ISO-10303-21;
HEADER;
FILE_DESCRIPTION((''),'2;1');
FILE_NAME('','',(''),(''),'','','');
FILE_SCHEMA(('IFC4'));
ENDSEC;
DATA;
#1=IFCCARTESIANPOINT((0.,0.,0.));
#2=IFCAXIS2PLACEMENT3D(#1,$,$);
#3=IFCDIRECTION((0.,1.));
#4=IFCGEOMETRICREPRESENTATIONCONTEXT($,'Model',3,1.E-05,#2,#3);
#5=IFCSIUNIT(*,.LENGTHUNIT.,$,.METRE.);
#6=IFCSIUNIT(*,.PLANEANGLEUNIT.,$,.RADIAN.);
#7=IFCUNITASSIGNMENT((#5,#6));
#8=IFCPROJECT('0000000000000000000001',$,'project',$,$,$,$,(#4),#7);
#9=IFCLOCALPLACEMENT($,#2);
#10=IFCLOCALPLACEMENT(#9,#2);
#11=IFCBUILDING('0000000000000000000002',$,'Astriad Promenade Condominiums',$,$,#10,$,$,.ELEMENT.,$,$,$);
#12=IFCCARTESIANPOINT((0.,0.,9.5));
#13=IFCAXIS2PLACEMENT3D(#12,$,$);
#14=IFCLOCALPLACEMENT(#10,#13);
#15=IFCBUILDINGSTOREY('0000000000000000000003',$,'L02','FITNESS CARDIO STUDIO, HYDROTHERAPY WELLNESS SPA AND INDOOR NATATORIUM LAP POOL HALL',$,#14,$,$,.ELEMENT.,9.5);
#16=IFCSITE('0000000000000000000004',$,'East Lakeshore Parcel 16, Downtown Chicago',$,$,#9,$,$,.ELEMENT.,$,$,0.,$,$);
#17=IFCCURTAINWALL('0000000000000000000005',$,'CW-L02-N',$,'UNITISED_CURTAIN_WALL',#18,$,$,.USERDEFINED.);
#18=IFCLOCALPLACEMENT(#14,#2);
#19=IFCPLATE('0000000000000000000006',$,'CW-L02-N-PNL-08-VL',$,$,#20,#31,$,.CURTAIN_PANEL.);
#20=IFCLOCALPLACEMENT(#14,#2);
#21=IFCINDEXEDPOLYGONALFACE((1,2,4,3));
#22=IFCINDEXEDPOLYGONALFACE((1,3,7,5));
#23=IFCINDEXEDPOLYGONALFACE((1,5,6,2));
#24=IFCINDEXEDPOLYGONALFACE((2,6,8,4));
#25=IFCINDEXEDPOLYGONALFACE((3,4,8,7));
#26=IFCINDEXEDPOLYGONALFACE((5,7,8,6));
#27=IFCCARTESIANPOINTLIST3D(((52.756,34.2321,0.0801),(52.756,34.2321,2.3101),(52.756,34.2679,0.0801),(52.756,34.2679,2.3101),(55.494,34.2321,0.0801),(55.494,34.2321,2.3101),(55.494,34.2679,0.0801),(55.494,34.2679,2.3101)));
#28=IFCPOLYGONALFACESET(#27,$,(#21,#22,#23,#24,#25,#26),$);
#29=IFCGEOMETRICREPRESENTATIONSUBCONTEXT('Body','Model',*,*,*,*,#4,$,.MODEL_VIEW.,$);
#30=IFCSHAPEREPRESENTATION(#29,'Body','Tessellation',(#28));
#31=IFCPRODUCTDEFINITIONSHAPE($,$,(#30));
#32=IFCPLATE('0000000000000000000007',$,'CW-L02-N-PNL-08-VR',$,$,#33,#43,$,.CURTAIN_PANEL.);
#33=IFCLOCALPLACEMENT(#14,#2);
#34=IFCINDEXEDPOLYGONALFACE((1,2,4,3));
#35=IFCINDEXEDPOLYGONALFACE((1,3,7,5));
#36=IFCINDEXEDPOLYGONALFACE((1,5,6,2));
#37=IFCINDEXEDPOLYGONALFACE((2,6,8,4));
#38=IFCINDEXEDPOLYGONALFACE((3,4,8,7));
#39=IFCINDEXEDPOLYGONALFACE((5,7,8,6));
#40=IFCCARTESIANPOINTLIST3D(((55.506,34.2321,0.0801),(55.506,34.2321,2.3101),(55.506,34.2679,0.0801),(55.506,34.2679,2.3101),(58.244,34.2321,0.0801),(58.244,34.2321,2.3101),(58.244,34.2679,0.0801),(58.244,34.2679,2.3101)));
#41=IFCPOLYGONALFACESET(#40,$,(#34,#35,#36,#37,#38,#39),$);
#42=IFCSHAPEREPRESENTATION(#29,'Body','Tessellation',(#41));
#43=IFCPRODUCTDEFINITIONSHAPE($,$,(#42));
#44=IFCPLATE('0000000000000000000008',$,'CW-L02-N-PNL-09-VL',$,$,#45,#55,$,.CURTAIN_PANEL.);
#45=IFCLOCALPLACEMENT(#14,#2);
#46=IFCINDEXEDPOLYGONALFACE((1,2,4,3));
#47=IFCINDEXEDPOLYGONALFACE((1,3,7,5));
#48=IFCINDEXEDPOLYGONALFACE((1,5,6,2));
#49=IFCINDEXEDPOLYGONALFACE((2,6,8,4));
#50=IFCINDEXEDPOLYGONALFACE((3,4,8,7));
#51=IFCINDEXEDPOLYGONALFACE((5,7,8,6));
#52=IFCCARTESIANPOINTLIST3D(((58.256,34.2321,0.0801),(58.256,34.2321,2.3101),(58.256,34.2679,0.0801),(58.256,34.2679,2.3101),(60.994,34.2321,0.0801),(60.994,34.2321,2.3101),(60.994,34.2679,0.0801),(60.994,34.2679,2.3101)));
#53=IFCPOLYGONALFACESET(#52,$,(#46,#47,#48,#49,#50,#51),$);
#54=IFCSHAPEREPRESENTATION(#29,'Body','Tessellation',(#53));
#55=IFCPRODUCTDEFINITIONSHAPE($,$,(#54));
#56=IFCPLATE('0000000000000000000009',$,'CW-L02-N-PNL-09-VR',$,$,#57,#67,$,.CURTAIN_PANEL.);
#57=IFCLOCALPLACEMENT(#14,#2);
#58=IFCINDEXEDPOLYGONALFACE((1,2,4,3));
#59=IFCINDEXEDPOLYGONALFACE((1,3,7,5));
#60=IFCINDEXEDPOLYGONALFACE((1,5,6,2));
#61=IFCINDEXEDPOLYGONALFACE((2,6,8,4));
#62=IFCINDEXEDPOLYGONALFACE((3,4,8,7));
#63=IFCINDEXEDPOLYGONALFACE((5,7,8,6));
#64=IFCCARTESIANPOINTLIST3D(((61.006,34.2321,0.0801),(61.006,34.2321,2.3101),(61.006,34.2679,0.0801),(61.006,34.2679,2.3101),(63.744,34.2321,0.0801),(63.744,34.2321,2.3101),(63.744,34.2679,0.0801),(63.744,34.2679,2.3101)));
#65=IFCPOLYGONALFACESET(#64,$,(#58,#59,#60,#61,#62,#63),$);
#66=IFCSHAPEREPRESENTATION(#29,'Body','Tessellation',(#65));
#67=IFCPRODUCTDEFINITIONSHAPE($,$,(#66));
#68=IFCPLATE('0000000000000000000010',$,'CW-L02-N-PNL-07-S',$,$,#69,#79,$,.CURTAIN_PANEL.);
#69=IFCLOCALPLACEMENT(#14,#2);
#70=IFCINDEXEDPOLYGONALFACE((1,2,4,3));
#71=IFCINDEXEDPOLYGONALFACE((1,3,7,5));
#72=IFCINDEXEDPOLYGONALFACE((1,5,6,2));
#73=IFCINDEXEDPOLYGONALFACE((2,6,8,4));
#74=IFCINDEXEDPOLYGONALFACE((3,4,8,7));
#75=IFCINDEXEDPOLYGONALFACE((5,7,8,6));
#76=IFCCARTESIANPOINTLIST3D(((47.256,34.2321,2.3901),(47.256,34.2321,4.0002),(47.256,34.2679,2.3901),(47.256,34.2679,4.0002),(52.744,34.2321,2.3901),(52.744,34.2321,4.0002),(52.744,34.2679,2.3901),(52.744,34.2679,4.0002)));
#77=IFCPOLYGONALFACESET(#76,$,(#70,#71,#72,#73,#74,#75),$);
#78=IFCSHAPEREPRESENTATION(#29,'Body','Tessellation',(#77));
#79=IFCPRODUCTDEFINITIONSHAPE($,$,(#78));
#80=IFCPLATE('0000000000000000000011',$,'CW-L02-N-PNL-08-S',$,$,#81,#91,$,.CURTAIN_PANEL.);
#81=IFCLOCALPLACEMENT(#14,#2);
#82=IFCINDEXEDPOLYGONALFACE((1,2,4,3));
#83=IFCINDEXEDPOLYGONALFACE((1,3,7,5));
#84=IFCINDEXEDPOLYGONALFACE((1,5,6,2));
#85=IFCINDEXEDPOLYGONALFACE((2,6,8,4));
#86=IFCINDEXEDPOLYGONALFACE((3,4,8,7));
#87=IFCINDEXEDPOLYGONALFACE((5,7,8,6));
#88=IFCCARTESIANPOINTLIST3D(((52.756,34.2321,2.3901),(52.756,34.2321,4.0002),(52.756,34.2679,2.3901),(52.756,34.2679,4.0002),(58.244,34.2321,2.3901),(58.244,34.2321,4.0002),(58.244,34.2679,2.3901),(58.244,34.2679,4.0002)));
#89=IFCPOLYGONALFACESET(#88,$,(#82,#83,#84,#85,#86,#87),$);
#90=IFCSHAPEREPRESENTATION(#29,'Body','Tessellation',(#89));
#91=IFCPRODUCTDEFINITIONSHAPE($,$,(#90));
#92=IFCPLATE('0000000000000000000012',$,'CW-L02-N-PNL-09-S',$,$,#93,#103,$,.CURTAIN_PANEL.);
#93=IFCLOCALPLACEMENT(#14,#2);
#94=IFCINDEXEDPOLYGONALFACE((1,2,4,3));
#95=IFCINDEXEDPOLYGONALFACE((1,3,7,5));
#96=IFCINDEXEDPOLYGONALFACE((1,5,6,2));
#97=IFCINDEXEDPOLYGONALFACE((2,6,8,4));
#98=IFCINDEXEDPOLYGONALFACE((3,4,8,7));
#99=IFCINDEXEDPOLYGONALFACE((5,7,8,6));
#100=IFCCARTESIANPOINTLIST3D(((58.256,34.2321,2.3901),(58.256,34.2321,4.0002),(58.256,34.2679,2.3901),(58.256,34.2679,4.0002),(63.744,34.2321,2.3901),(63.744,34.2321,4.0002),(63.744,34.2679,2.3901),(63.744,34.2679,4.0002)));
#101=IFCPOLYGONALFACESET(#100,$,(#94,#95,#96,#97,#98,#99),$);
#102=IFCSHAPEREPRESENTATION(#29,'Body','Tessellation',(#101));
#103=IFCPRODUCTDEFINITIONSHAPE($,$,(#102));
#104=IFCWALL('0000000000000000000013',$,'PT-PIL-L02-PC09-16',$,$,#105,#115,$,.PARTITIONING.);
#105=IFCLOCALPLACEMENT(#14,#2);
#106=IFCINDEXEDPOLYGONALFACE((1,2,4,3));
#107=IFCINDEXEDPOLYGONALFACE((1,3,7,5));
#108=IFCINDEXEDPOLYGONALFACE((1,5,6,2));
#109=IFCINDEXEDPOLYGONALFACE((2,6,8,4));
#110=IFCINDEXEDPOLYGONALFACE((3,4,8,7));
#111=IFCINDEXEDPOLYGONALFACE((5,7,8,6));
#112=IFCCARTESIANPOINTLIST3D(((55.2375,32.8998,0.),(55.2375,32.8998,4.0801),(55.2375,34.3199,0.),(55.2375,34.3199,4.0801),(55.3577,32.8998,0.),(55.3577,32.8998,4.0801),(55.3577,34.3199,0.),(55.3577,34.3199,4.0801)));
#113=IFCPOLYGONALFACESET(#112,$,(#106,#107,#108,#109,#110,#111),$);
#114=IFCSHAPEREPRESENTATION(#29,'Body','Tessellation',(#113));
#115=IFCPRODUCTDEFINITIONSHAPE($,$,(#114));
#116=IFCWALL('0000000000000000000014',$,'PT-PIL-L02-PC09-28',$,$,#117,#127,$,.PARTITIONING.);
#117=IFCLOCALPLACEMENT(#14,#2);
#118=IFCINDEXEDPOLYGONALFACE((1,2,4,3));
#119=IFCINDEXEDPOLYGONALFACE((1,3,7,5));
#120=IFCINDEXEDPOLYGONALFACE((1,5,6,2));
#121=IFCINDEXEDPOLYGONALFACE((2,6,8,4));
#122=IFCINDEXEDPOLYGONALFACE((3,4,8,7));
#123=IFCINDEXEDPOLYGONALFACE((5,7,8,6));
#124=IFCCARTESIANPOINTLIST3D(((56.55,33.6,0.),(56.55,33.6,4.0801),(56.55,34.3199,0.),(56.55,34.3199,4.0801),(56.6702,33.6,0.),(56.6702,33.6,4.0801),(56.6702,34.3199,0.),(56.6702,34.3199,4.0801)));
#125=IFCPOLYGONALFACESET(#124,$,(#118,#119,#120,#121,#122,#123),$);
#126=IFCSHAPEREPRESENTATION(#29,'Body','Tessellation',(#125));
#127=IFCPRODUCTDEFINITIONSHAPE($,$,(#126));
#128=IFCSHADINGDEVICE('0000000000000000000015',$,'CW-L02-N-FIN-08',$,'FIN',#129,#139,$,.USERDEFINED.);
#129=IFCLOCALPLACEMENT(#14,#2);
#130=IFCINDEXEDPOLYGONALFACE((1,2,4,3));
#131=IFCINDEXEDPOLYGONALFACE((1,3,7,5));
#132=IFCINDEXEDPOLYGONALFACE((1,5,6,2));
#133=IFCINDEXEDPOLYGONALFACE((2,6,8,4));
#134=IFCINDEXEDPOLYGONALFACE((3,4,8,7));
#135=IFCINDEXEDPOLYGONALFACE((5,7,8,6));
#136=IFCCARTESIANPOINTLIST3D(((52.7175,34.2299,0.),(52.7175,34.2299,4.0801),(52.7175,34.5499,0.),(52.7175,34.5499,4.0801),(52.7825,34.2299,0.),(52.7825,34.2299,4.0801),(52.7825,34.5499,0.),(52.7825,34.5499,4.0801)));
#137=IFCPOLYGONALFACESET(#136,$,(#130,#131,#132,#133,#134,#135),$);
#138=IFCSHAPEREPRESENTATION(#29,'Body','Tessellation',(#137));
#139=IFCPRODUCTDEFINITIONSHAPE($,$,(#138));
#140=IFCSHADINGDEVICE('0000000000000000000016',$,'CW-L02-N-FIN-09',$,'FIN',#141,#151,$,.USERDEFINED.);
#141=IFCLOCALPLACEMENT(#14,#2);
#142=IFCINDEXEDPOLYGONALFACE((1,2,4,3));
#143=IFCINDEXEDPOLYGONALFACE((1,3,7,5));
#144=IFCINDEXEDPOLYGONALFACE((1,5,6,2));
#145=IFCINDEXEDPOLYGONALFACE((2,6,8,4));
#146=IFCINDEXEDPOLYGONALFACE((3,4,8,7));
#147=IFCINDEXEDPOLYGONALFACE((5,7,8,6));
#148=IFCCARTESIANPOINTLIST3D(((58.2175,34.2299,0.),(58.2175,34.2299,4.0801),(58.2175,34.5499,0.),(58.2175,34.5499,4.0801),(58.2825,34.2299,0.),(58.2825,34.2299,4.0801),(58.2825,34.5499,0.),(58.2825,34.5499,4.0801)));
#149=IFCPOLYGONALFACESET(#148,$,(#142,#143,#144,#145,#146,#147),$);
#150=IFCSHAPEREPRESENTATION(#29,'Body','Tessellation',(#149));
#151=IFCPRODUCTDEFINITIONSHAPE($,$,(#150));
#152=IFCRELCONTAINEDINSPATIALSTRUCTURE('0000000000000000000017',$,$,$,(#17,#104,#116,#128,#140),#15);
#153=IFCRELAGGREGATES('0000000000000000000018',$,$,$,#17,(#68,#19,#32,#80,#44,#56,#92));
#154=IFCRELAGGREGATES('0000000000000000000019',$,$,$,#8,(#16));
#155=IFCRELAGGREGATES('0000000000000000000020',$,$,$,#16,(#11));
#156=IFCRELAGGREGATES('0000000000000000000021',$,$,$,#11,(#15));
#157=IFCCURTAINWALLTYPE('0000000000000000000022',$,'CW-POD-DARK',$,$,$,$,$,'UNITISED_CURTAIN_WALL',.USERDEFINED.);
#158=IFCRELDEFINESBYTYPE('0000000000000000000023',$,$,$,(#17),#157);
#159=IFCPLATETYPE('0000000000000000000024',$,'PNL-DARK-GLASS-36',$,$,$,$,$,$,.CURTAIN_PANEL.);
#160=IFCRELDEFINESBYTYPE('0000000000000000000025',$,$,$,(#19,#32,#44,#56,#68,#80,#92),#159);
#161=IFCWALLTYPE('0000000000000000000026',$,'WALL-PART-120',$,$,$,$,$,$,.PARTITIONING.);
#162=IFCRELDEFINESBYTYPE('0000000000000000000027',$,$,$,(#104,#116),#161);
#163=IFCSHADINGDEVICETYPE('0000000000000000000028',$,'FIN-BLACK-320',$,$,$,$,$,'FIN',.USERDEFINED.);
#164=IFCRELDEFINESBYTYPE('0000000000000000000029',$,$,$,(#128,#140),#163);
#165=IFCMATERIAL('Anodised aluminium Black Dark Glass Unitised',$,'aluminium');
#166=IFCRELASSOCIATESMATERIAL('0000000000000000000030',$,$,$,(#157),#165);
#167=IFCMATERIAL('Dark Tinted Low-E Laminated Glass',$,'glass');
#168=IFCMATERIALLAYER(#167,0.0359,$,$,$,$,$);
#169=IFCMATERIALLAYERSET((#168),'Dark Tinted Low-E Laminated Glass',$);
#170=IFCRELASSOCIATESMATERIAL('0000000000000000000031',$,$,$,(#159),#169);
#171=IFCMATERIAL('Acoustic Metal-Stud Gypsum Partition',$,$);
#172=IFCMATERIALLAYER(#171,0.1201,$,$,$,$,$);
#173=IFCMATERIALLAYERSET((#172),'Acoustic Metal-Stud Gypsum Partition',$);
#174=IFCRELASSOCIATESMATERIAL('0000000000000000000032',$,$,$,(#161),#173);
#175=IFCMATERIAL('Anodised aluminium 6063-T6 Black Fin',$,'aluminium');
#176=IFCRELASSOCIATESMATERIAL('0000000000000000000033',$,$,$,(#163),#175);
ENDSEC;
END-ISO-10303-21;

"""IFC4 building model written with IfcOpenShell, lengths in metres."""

from ifc_helpers import new_model, si_unit, direction, frame, frame_2d, origin, origin_2d, place, context, subcontext, project, spatial, rectangle, extrude, source, transform, mapped, material, layer, layer_set, type_object, type_shapes, element, aggregate, save


model = new_model("IFC4")

# Units and contexts
model_context = context("Model", 3, precision=1e-05, world=origin(), true_north=direction((0.0, 1.0)))
body_context = subcontext(model_context, "Body", "Model", "MODEL_VIEW")
ifc_project = project(units=[si_unit("LENGTHUNIT", "METRE"), si_unit("PLANEANGLEUNIT", "RADIAN")], contexts=[model_context])

# Site, building, storey
site_placement = place(None, origin())
site = spatial("IfcSite", under=ifc_project, at=site_placement, Name="East Lakeshore Parcel 16, Downtown Chicago", CompositionType="ELEMENT", RefElevation=0.0)
building_placement = place(site_placement, origin())
building = spatial("IfcBuilding", under=site, at=building_placement, Name="Astriad Promenade Condominiums", CompositionType="ELEMENT")
storey_placement = place(building_placement, frame((0.0, 0.0, 9.5)))
storey = spatial("IfcBuildingStorey", under=building, at=storey_placement, Name="L02", Description="FITNESS CARDIO STUDIO, HYDROTHERAPY WELLNESS SPA AND INDOOR NATATORIUM LAP POOL HALL", CompositionType="ELEMENT", Elevation=9.5)

# Curtain wall
ifc_material_1 = material(Name="Anodised aluminium Black Dark Glass Unitised", Category="aluminium")
curtain_wall_type = type_object("IfcCurtainWallType", Name="CW-POD-DARK", ElementType="UNITISED_CURTAIN_WALL", PredefinedType="USERDEFINED", material=ifc_material_1)
curtain_wall_placement = place(storey_placement, origin())
curtain_wall = element("IfcCurtainWall", 1, at=curtain_wall_placement, inside=storey, type_object=curtain_wall_type, Name="CW-L02-N", ObjectType="UNITISED_CURTAIN_WALL", PredefinedType="USERDEFINED")

# Plates
ifc_material_2 = material(Name="Dark Tinted Low-E Laminated Glass", Category="glass")
ifc_layer_1 = layer(ifc_material_2, 0.0359)
ifc_layer_set_1 = layer_set([ifc_layer_1], Name="Dark Tinted Low-E Laminated Glass")
plate_type_1 = type_object("IfcPlateType", Name="PNL-DARK-GLASS-36", PredefinedType="CURTAIN_PANEL", material=ifc_layer_set_1)
shared_shape_1 = source(origin(), body_context, "Body", "SweptSolid", [
    extrude(rectangle(XDim=2.738, YDim=0.0359, at=origin_2d()), origin(), (0.0, 0.0, 1.0), 2.23),
])
plate_1_placement = place(storey_placement, frame((54.125, 34.25, 0.0801), z_axis=(0.0, 0.0, 1.0), x_axis=(1.0, 0.0, 0.0)))
plate_1 = element("IfcPlate", 2, at=plate_1_placement, type_object=plate_type_1, Name="CW-L02-N-PNL-08-VL", PredefinedType="CURTAIN_PANEL", context=body_context, shape_type="MappedRepresentation", body=[
    mapped(shared_shape_1, transform((0.0, 0.0, 0.0), scale=1.0)),
])
plate_2_placement = place(storey_placement, frame((56.875, 34.25, 0.0801), z_axis=(0.0, 0.0, 1.0), x_axis=(1.0, 0.0, 0.0)))
plate_2 = element("IfcPlate", 3, at=plate_2_placement, type_object=plate_type_1, Name="CW-L02-N-PNL-08-VR", PredefinedType="CURTAIN_PANEL", context=body_context, shape_type="MappedRepresentation", body=[
    mapped(shared_shape_1, transform((0.0, 0.0, 0.0), scale=1.0)),
])
plate_3_placement = place(storey_placement, frame((59.625, 34.25, 0.0801), z_axis=(0.0, 0.0, 1.0), x_axis=(1.0, 0.0, 0.0)))
plate_3 = element("IfcPlate", 4, at=plate_3_placement, type_object=plate_type_1, Name="CW-L02-N-PNL-09-VL", PredefinedType="CURTAIN_PANEL", context=body_context, shape_type="MappedRepresentation", body=[
    mapped(shared_shape_1, transform((0.0, 0.0, 0.0), scale=1.0)),
])
plate_4_placement = place(storey_placement, frame((62.375, 34.25, 0.0801), z_axis=(0.0, 0.0, 1.0), x_axis=(1.0, 0.0, 0.0)))
plate_4 = element("IfcPlate", 5, at=plate_4_placement, type_object=plate_type_1, Name="CW-L02-N-PNL-09-VR", PredefinedType="CURTAIN_PANEL", context=body_context, shape_type="MappedRepresentation", body=[
    mapped(shared_shape_1, transform((0.0, 0.0, 0.0), scale=1.0)),
])
shared_shape_2 = source(origin(), body_context, "Body", "SweptSolid", [
    extrude(rectangle(XDim=5.488, YDim=0.0359, at=origin_2d()), origin(), (0.0, 0.0, 1.0), 1.6101),
])
type_shapes(plate_type_1, [shared_shape_1, shared_shape_2])
plate_5_placement = place(storey_placement, frame((50.0, 34.25, 2.3901), z_axis=(0.0, 0.0, 1.0), x_axis=(1.0, 0.0, 0.0)))
plate_5 = element("IfcPlate", 6, at=plate_5_placement, type_object=plate_type_1, Name="CW-L02-N-PNL-07-S", PredefinedType="CURTAIN_PANEL", context=body_context, shape_type="MappedRepresentation", body=[
    mapped(shared_shape_2, transform((0.0, 0.0, 0.0), scale=1.0)),
])
plate_6_placement = place(storey_placement, frame((55.5, 34.25, 2.3901), z_axis=(0.0, 0.0, 1.0), x_axis=(1.0, 0.0, 0.0)))
plate_6 = element("IfcPlate", 7, at=plate_6_placement, type_object=plate_type_1, Name="CW-L02-N-PNL-08-S", PredefinedType="CURTAIN_PANEL", context=body_context, shape_type="MappedRepresentation", body=[
    mapped(shared_shape_2, transform((0.0, 0.0, 0.0), scale=1.0)),
])
plate_7_placement = place(storey_placement, frame((61.0, 34.25, 2.3901), z_axis=(0.0, 0.0, 1.0), x_axis=(1.0, 0.0, 0.0)))
plate_7 = element("IfcPlate", 8, at=plate_7_placement, type_object=plate_type_1, Name="CW-L02-N-PNL-09-S", PredefinedType="CURTAIN_PANEL", context=body_context, shape_type="MappedRepresentation", body=[
    mapped(shared_shape_2, transform((0.0, 0.0, 0.0), scale=1.0)),
])
aggregate(curtain_wall, [plate_5, plate_1, plate_2, plate_6, plate_3, plate_4, plate_7])

# Walls
ifc_material_3 = material(Name="Acoustic Metal-Stud Gypsum Partition")
ifc_layer_2 = layer(ifc_material_3, 0.1201)
ifc_layer_set_2 = layer_set([ifc_layer_2], Name="Acoustic Metal-Stud Gypsum Partition")
wall_type = type_object("IfcWallType", Name="WALL-PART-120", PredefinedType="PARTITIONING", material=ifc_layer_set_2)
wall_1_placement = place(storey_placement, frame((55.2976, 32.8999, 0.0), z_axis=(0.0, 0.0, 1.0), x_axis=(0.0, 1.0, 0.0)))
element("IfcWall", 9, at=wall_1_placement, inside=storey, type_object=wall_type, Name="PT-PIL-L02-PC09-16", PredefinedType="PARTITIONING", context=body_context, shape_type="SweptSolid", body=[
    extrude(rectangle(XDim=1.4202, YDim=0.1201, at=frame_2d((0.71, 0.0))), origin(), (0.0, 0.0, 1.0), 4.0801),
])
wall_2_placement = place(storey_placement, frame((56.6101, 33.6001, 0.0), z_axis=(0.0, 0.0, 1.0), x_axis=(0.0, 1.0, 0.0)))
element("IfcWall", 10, at=wall_2_placement, inside=storey, type_object=wall_type, Name="PT-PIL-L02-PC09-28", PredefinedType="PARTITIONING", context=body_context, shape_type="SweptSolid", body=[
    extrude(rectangle(XDim=0.72, YDim=0.1201, at=frame_2d((0.3599, 0.0))), origin(), (0.0, 0.0, 1.0), 4.0801),
])

# Shading devices
ifc_material_4 = material(Name="Anodised aluminium 6063-T6 Black Fin", Category="aluminium")
shading_device_type = type_object("IfcShadingDeviceType", Name="FIN-BLACK-320", ElementType="FIN", PredefinedType="USERDEFINED", material=ifc_material_4)
shared_shape_3 = source(origin(), body_context, "Body", "SweptSolid", [
    extrude(rectangle(XDim=0.0649, YDim=0.3201, at=origin_2d()), origin(), (0.0, 0.0, 1.0), 4.0801),
])
type_shapes(shading_device_type, [shared_shape_3])
for number, where, z_axis, x_axis, name in (
    (11, (52.75, 34.3899, 0.0), (0.0, 0.0, 1.0), (1.0, 0.0, 0.0), "CW-L02-N-FIN-08"),
    (12, (58.25, 34.3899, 0.0), (0.0, 0.0, 1.0), (1.0, 0.0, 0.0), "CW-L02-N-FIN-09"),
):
    element("IfcShadingDevice", number, at=place(storey_placement, frame(where, z_axis=z_axis, x_axis=x_axis)), inside=storey, type_object=shading_device_type, Name=name, ObjectType="FIN", PredefinedType="USERDEFINED", context=body_context, shape_type="MappedRepresentation", body=[
        mapped(shared_shape_3, transform((0.0, 0.0, 0.0), scale=1.0)),
    ])

save(model, "model.ifc")
